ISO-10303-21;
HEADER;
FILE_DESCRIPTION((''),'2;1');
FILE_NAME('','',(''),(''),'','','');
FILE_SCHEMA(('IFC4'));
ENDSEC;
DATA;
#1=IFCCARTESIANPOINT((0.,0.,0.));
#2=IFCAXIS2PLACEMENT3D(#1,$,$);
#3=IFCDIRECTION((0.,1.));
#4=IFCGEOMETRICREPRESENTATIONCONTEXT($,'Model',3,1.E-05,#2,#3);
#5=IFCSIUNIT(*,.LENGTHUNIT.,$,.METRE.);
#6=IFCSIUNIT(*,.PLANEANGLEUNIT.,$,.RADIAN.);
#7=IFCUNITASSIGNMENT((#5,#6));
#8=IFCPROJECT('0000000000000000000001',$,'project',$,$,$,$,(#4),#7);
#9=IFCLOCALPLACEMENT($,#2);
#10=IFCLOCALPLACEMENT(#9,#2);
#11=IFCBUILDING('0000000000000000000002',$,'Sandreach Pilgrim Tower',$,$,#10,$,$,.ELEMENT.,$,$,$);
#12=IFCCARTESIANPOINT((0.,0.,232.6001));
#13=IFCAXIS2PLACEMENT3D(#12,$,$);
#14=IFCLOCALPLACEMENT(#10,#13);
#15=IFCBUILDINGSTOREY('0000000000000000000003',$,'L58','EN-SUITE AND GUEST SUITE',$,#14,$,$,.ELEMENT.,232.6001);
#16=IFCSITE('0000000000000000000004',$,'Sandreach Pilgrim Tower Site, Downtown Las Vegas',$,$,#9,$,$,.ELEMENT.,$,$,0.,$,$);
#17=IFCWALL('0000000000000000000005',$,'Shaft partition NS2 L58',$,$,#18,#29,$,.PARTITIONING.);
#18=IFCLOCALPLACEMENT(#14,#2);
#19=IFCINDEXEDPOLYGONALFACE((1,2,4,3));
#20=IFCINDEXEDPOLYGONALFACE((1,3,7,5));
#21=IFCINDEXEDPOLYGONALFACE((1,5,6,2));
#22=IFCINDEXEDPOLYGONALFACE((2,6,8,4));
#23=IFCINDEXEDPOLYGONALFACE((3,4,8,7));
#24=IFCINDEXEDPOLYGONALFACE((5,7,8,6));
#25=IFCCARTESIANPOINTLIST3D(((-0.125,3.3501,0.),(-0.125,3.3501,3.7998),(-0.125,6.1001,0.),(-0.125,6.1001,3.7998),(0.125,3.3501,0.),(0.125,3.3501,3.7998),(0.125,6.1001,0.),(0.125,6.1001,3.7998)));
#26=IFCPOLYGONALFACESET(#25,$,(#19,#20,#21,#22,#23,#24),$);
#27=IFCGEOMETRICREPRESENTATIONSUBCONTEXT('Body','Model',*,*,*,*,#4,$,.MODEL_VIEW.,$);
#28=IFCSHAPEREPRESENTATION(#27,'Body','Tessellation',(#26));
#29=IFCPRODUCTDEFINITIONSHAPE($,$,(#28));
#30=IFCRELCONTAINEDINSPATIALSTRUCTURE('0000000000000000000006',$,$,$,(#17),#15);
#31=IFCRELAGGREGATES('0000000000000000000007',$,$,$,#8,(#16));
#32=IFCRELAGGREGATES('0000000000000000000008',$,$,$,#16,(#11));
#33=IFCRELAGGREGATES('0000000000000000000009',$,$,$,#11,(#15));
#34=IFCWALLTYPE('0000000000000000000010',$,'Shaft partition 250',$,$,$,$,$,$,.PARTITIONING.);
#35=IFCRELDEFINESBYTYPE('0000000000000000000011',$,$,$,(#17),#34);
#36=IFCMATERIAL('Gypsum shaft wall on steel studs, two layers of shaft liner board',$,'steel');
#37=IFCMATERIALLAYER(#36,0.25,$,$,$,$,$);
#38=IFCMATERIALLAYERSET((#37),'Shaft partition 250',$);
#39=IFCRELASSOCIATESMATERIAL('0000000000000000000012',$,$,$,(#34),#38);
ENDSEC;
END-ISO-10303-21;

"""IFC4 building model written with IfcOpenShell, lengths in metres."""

from ifc_helpers import new_model, si_unit, direction, frame, frame_2d, origin, place, context, subcontext, project, spatial, rectangle, extrude, material, layer, layer_set, type_object, element, save


model = new_model("IFC4")

# Units and contexts
model_context = context("Model", 3, precision=1e-05, world=origin(), true_north=direction((0.0, 1.0)))
body_context = subcontext(model_context, "Body", "Model", "MODEL_VIEW")
ifc_project = project(units=[si_unit("LENGTHUNIT", "METRE"), si_unit("PLANEANGLEUNIT", "RADIAN")], contexts=[model_context])

# Site, building, storey
site_placement = place(None, origin())
site = spatial("IfcSite", under=ifc_project, at=site_placement, Name="Sandreach Pilgrim Tower Site, Downtown Las Vegas", CompositionType="ELEMENT", RefElevation=0.0)
building_placement = place(site_placement, origin())
building = spatial("IfcBuilding", under=site, at=building_placement, Name="Sandreach Pilgrim Tower", CompositionType="ELEMENT")
storey_placement = place(building_placement, frame((0.0, 0.0, 232.6001)))
storey = spatial("IfcBuildingStorey", under=building, at=storey_placement, Name="L58", Description="EN-SUITE AND GUEST SUITE", CompositionType="ELEMENT", Elevation=232.6001)

# Wall
ifc_material_1 = material(Name="Gypsum shaft wall on steel studs, two layers of shaft liner board", Category="steel")
ifc_layer_1 = layer(ifc_material_1, 0.25)
ifc_layer_set_1 = layer_set([ifc_layer_1], Name="Shaft partition 250")
wall_type_1 = type_object("IfcWallType", Name="Shaft partition 250", PredefinedType="PARTITIONING", material=ifc_layer_set_1)
for number, where, z_axis, x_axis, name in (
    (1, (0.0, 3.3501, 0.0), (0.0, 0.0, 1.0), (0.0, 1.0, 0.0), "Shaft partition NS2 L58"),
):
    element("IfcWall", number, at=place(storey_placement, frame(where, z_axis=z_axis, x_axis=x_axis)), inside=storey, type_object=wall_type_1, Name=name, PredefinedType="PARTITIONING", context=body_context, shape_type="SweptSolid", body=[
        extrude(rectangle(XDim=2.75, YDim=0.25, at=frame_2d((1.375, 0.0))), origin(), (0.0, 0.0, 1.0), 3.7998),
    ])

save(model, "model.ifc")
